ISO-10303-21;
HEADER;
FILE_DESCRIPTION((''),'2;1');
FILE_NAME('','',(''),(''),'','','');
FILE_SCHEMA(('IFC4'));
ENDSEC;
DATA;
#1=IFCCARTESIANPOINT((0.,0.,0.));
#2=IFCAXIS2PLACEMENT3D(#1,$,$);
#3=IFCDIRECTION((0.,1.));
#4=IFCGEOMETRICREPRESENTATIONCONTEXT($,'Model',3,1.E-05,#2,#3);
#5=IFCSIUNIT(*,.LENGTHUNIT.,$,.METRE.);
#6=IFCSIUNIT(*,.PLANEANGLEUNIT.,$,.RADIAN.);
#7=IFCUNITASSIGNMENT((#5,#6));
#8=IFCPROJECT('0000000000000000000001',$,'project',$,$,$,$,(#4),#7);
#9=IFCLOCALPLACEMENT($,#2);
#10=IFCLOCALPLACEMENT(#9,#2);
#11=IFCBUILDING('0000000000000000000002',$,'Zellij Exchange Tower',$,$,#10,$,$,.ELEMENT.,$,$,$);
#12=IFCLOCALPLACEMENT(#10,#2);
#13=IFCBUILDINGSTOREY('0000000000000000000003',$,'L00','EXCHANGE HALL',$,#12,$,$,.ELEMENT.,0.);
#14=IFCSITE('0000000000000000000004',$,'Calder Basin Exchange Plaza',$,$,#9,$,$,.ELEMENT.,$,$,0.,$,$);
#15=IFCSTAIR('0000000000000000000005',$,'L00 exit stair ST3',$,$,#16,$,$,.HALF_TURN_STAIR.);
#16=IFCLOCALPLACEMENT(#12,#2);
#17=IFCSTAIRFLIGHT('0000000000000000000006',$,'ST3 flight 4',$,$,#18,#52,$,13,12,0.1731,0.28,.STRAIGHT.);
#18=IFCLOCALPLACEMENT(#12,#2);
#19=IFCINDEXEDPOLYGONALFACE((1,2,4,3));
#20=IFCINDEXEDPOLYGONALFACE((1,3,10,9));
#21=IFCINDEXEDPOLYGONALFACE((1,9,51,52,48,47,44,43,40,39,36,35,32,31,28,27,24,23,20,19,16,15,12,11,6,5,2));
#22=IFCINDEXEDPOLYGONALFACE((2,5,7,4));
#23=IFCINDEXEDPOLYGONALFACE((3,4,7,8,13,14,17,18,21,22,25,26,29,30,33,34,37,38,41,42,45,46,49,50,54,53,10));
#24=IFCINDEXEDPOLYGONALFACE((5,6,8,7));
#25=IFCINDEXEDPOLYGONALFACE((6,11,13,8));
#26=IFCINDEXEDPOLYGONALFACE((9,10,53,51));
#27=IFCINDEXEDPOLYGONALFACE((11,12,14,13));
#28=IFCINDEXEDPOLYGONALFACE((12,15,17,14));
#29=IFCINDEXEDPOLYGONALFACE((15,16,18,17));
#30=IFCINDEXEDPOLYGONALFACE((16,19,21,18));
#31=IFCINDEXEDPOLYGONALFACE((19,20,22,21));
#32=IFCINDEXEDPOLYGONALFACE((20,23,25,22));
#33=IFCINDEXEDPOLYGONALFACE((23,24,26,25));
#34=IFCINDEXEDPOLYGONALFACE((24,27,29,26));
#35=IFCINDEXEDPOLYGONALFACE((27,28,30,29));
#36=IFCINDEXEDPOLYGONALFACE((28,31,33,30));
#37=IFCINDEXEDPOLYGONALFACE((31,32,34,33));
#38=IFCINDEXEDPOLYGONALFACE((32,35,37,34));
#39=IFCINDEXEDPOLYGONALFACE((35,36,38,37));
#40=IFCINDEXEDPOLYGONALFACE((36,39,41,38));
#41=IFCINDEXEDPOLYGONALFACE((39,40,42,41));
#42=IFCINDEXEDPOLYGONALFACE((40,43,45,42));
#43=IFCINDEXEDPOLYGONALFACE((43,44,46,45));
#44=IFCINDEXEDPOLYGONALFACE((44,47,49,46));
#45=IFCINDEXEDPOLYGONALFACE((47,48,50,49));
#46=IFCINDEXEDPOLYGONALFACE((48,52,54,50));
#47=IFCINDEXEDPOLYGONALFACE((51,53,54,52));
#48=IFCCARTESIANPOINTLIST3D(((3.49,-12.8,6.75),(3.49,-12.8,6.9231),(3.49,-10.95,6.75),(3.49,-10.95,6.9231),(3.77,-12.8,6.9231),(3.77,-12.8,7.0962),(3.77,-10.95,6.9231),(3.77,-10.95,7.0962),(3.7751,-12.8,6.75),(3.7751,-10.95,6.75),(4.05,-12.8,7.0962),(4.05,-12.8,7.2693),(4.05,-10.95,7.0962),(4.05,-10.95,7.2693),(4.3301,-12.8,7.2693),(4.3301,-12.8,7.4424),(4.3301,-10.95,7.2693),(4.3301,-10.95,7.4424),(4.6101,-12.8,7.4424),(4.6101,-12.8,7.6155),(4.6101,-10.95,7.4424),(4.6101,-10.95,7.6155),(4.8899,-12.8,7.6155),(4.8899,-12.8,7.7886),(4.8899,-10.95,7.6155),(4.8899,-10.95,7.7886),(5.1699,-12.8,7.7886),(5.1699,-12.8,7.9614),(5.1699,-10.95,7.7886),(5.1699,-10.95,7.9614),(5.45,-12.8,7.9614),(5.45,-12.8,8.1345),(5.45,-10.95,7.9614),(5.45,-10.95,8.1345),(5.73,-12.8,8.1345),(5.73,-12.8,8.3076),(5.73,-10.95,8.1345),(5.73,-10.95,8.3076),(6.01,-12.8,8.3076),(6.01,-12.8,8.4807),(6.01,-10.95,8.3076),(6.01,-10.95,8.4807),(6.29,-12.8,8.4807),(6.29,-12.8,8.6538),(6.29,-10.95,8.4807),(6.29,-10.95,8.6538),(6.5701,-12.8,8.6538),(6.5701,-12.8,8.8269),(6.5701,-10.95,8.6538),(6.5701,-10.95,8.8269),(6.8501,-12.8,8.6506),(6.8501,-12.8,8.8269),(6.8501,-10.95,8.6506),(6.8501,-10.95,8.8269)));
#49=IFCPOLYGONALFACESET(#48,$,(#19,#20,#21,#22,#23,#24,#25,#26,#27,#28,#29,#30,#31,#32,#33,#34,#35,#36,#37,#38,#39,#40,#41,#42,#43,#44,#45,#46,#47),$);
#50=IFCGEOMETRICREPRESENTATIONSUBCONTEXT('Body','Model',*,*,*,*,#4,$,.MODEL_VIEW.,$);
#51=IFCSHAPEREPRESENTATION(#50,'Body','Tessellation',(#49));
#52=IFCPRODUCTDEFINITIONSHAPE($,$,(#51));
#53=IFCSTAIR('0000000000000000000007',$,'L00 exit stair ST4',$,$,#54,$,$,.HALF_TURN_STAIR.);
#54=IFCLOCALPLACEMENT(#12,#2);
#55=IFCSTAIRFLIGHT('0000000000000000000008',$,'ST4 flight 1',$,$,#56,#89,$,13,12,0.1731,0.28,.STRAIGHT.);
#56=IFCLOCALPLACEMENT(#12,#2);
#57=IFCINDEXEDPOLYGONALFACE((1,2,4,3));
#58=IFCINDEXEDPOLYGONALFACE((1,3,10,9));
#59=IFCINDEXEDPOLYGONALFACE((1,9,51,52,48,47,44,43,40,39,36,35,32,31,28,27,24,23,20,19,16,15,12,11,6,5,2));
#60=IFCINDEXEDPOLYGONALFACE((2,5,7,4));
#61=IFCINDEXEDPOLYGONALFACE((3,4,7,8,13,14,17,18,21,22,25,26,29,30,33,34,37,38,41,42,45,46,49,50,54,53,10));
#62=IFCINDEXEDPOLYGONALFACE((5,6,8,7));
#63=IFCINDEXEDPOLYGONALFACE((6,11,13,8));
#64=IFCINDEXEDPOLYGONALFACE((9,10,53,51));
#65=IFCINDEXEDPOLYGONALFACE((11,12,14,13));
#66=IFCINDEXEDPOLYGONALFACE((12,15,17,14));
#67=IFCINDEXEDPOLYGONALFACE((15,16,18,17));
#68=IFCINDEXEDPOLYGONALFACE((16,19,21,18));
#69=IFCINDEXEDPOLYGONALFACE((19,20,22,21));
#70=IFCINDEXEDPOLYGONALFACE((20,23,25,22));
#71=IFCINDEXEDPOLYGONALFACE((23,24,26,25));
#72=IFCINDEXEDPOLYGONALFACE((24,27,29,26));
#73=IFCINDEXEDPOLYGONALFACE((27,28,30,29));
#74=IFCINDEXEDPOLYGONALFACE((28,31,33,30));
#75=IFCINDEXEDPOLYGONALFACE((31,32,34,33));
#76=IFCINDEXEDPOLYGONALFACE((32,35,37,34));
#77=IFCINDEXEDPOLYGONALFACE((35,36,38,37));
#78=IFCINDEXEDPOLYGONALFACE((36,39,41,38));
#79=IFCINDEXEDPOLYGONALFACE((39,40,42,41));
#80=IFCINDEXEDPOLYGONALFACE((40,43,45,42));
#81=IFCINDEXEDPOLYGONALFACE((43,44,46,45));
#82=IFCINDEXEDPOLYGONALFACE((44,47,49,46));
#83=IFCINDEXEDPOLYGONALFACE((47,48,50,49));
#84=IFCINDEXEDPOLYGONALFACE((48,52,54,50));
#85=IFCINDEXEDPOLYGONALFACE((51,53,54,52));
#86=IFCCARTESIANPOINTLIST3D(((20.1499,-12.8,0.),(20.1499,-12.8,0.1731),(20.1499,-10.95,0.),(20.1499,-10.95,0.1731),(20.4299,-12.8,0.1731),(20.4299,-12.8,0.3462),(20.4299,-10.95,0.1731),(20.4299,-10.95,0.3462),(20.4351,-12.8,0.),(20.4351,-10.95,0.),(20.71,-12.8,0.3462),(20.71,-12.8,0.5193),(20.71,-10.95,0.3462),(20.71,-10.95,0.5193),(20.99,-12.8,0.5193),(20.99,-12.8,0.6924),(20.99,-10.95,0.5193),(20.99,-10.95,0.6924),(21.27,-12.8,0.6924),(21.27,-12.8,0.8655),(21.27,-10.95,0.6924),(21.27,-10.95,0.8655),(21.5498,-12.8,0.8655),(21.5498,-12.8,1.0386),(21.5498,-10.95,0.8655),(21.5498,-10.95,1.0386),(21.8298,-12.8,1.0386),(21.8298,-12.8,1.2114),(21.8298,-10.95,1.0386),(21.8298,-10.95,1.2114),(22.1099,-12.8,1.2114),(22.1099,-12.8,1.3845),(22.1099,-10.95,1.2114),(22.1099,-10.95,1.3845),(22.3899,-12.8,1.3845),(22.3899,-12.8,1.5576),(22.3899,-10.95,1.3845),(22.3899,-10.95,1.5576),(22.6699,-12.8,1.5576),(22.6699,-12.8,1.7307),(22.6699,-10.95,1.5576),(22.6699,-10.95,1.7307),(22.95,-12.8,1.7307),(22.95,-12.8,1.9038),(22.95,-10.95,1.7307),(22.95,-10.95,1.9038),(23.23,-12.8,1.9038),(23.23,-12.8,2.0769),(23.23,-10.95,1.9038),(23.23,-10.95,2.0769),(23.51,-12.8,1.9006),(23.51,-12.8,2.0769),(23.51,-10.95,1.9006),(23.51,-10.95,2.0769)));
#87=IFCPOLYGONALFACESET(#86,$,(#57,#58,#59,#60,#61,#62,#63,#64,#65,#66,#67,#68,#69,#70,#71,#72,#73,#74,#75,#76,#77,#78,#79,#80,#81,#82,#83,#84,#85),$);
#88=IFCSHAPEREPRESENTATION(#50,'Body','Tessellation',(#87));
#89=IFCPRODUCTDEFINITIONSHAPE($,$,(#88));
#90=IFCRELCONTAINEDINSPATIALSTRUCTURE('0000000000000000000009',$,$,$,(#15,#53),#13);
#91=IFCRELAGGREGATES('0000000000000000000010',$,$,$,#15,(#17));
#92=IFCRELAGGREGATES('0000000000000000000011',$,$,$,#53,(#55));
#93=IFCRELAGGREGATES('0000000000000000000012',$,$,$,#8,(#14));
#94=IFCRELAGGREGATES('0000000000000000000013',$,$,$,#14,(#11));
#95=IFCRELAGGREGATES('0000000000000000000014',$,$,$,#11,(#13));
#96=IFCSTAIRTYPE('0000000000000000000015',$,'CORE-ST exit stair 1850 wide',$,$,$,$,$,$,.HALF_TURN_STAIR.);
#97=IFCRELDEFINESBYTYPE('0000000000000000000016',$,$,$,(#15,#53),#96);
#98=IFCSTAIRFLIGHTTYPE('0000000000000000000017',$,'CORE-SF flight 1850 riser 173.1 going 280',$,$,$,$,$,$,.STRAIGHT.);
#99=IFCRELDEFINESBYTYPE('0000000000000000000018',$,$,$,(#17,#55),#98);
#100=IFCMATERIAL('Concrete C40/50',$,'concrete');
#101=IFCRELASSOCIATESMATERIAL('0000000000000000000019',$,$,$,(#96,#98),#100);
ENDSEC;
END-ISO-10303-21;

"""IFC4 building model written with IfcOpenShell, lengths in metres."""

from ifc_helpers import new_model, si_unit, direction, frame, origin, place, context, subcontext, project, spatial, polyline, outline, extrude, material, type_object, element, aggregate, save


model = new_model("IFC4")

# Units and contexts
model_context = context("Model", 3, precision=1e-05, world=origin(), true_north=direction((0.0, 1.0)))
body_context = subcontext(model_context, "Body", "Model", "MODEL_VIEW")
ifc_project = project(units=[si_unit("LENGTHUNIT", "METRE"), si_unit("PLANEANGLEUNIT", "RADIAN")], contexts=[model_context])

# Site, building, storey
site_placement = place(None, origin())
site = spatial("IfcSite", under=ifc_project, at=site_placement, Name="Calder Basin Exchange Plaza", CompositionType="ELEMENT", RefElevation=0.0)
building_placement = place(site_placement, origin())
building = spatial("IfcBuilding", under=site, at=building_placement, Name="Zellij Exchange Tower", CompositionType="ELEMENT")
storey_placement = place(building_placement, origin())
storey = spatial("IfcBuildingStorey", under=building, at=storey_placement, Name="L00", Description="EXCHANGE HALL", CompositionType="ELEMENT", Elevation=0.0)

# Shared definitions
ifc_material_1 = material(Name="Concrete C40/50", Category="concrete")

# Stair, stair flight
stair_type = type_object("IfcStairType", Name="CORE-ST exit stair 1850 wide", PredefinedType="HALF_TURN_STAIR", material=ifc_material_1)
stair_1_placement = place(storey_placement, origin())
stair_1 = element("IfcStair", 1, at=stair_1_placement, inside=storey, type_object=stair_type, Name="L00 exit stair ST3", PredefinedType="HALF_TURN_STAIR")
stair_flight_type = type_object("IfcStairFlightType", Name="CORE-SF flight 1850 riser 173.1 going 280", PredefinedType="STRAIGHT", material=ifc_material_1)
stair_flight_1_placement = place(storey_placement, frame((3.49, -11.875, 6.75), z_axis=(0.0, 0.0, 1.0), x_axis=(1.0, 0.0, 0.0)))
stair_flight_1 = element("IfcStairFlight", 2, at=stair_flight_1_placement, type_object=stair_flight_type, Name="ST3 flight 4", NumberOfRisers=13, NumberOfTreads=12, PredefinedType="STRAIGHT", RiserHeight=0.1731, TreadLength=0.28, context=body_context, shape_type="SweptSolid", body=[
    extrude(outline(polyline([(0.0, 0.0), (0.0, 0.1731), (0.28, 0.1731), (0.28, 0.3462), (0.5601, 0.3462), (0.5601, 0.5193), (0.8401, 0.5193), (0.8401, 0.6924), (1.1201, 0.6924), (1.1201, 0.8655), (1.3999, 0.8655), (1.3999, 1.0386), (1.6799, 1.0386), (1.6799, 1.2114), (1.96, 1.2114), (1.96, 1.3845), (2.24, 1.3845), (2.24, 1.5576), (2.52, 1.5576), (2.52, 1.7307), (2.8, 1.7307), (2.8, 1.9038), (3.0801, 1.9038), (3.0801, 2.0769), (3.3601, 2.0769), (3.3601, 2.25), (3.3601, 1.9006), (0.2852, 0.0), (0.0, 0.0)])), frame((0.0, 0.925, 0.0), z_axis=(0.0, -1.0, 0.0), x_axis=(1.0, 0.0, 0.0)), (0.0, 0.0, 1.0), 1.8501),
])
aggregate(stair_1, [stair_flight_1])

# Stair, stair flight
stair_2_placement = place(storey_placement, origin())
stair_2 = element("IfcStair", 3, at=stair_2_placement, inside=storey, type_object=stair_type, Name="L00 exit stair ST4", PredefinedType="HALF_TURN_STAIR")
stair_flight_2_placement = place(storey_placement, frame((20.1499, -11.875, 0.0), z_axis=(0.0, 0.0, 1.0), x_axis=(1.0, 0.0, 0.0)))
stair_flight_2 = element("IfcStairFlight", 4, at=stair_flight_2_placement, type_object=stair_flight_type, Name="ST4 flight 1", NumberOfRisers=13, NumberOfTreads=12, PredefinedType="STRAIGHT", RiserHeight=0.1731, TreadLength=0.28, context=body_context, shape_type="SweptSolid", body=[
    extrude(outline(polyline([(0.0, 0.0), (0.0, 0.1731), (0.28, 0.1731), (0.28, 0.3462), (0.5601, 0.3462), (0.5601, 0.5193), (0.8401, 0.5193), (0.8401, 0.6924), (1.1201, 0.6924), (1.1201, 0.8655), (1.3999, 0.8655), (1.3999, 1.0386), (1.6799, 1.0386), (1.6799, 1.2114), (1.96, 1.2114), (1.96, 1.3845), (2.24, 1.3845), (2.24, 1.5576), (2.52, 1.5576), (2.52, 1.7307), (2.8, 1.7307), (2.8, 1.9038), (3.0801, 1.9038), (3.0801, 2.0769), (3.3601, 2.0769), (3.3601, 2.25), (3.3601, 1.9006), (0.2852, 0.0), (0.0, 0.0)])), frame((0.0, 0.925, 0.0), z_axis=(0.0, -1.0, 0.0), x_axis=(1.0, 0.0, 0.0)), (0.0, 0.0, 1.0), 1.8501),
])
aggregate(stair_2, [stair_flight_2])

save(model, "model.ifc")
